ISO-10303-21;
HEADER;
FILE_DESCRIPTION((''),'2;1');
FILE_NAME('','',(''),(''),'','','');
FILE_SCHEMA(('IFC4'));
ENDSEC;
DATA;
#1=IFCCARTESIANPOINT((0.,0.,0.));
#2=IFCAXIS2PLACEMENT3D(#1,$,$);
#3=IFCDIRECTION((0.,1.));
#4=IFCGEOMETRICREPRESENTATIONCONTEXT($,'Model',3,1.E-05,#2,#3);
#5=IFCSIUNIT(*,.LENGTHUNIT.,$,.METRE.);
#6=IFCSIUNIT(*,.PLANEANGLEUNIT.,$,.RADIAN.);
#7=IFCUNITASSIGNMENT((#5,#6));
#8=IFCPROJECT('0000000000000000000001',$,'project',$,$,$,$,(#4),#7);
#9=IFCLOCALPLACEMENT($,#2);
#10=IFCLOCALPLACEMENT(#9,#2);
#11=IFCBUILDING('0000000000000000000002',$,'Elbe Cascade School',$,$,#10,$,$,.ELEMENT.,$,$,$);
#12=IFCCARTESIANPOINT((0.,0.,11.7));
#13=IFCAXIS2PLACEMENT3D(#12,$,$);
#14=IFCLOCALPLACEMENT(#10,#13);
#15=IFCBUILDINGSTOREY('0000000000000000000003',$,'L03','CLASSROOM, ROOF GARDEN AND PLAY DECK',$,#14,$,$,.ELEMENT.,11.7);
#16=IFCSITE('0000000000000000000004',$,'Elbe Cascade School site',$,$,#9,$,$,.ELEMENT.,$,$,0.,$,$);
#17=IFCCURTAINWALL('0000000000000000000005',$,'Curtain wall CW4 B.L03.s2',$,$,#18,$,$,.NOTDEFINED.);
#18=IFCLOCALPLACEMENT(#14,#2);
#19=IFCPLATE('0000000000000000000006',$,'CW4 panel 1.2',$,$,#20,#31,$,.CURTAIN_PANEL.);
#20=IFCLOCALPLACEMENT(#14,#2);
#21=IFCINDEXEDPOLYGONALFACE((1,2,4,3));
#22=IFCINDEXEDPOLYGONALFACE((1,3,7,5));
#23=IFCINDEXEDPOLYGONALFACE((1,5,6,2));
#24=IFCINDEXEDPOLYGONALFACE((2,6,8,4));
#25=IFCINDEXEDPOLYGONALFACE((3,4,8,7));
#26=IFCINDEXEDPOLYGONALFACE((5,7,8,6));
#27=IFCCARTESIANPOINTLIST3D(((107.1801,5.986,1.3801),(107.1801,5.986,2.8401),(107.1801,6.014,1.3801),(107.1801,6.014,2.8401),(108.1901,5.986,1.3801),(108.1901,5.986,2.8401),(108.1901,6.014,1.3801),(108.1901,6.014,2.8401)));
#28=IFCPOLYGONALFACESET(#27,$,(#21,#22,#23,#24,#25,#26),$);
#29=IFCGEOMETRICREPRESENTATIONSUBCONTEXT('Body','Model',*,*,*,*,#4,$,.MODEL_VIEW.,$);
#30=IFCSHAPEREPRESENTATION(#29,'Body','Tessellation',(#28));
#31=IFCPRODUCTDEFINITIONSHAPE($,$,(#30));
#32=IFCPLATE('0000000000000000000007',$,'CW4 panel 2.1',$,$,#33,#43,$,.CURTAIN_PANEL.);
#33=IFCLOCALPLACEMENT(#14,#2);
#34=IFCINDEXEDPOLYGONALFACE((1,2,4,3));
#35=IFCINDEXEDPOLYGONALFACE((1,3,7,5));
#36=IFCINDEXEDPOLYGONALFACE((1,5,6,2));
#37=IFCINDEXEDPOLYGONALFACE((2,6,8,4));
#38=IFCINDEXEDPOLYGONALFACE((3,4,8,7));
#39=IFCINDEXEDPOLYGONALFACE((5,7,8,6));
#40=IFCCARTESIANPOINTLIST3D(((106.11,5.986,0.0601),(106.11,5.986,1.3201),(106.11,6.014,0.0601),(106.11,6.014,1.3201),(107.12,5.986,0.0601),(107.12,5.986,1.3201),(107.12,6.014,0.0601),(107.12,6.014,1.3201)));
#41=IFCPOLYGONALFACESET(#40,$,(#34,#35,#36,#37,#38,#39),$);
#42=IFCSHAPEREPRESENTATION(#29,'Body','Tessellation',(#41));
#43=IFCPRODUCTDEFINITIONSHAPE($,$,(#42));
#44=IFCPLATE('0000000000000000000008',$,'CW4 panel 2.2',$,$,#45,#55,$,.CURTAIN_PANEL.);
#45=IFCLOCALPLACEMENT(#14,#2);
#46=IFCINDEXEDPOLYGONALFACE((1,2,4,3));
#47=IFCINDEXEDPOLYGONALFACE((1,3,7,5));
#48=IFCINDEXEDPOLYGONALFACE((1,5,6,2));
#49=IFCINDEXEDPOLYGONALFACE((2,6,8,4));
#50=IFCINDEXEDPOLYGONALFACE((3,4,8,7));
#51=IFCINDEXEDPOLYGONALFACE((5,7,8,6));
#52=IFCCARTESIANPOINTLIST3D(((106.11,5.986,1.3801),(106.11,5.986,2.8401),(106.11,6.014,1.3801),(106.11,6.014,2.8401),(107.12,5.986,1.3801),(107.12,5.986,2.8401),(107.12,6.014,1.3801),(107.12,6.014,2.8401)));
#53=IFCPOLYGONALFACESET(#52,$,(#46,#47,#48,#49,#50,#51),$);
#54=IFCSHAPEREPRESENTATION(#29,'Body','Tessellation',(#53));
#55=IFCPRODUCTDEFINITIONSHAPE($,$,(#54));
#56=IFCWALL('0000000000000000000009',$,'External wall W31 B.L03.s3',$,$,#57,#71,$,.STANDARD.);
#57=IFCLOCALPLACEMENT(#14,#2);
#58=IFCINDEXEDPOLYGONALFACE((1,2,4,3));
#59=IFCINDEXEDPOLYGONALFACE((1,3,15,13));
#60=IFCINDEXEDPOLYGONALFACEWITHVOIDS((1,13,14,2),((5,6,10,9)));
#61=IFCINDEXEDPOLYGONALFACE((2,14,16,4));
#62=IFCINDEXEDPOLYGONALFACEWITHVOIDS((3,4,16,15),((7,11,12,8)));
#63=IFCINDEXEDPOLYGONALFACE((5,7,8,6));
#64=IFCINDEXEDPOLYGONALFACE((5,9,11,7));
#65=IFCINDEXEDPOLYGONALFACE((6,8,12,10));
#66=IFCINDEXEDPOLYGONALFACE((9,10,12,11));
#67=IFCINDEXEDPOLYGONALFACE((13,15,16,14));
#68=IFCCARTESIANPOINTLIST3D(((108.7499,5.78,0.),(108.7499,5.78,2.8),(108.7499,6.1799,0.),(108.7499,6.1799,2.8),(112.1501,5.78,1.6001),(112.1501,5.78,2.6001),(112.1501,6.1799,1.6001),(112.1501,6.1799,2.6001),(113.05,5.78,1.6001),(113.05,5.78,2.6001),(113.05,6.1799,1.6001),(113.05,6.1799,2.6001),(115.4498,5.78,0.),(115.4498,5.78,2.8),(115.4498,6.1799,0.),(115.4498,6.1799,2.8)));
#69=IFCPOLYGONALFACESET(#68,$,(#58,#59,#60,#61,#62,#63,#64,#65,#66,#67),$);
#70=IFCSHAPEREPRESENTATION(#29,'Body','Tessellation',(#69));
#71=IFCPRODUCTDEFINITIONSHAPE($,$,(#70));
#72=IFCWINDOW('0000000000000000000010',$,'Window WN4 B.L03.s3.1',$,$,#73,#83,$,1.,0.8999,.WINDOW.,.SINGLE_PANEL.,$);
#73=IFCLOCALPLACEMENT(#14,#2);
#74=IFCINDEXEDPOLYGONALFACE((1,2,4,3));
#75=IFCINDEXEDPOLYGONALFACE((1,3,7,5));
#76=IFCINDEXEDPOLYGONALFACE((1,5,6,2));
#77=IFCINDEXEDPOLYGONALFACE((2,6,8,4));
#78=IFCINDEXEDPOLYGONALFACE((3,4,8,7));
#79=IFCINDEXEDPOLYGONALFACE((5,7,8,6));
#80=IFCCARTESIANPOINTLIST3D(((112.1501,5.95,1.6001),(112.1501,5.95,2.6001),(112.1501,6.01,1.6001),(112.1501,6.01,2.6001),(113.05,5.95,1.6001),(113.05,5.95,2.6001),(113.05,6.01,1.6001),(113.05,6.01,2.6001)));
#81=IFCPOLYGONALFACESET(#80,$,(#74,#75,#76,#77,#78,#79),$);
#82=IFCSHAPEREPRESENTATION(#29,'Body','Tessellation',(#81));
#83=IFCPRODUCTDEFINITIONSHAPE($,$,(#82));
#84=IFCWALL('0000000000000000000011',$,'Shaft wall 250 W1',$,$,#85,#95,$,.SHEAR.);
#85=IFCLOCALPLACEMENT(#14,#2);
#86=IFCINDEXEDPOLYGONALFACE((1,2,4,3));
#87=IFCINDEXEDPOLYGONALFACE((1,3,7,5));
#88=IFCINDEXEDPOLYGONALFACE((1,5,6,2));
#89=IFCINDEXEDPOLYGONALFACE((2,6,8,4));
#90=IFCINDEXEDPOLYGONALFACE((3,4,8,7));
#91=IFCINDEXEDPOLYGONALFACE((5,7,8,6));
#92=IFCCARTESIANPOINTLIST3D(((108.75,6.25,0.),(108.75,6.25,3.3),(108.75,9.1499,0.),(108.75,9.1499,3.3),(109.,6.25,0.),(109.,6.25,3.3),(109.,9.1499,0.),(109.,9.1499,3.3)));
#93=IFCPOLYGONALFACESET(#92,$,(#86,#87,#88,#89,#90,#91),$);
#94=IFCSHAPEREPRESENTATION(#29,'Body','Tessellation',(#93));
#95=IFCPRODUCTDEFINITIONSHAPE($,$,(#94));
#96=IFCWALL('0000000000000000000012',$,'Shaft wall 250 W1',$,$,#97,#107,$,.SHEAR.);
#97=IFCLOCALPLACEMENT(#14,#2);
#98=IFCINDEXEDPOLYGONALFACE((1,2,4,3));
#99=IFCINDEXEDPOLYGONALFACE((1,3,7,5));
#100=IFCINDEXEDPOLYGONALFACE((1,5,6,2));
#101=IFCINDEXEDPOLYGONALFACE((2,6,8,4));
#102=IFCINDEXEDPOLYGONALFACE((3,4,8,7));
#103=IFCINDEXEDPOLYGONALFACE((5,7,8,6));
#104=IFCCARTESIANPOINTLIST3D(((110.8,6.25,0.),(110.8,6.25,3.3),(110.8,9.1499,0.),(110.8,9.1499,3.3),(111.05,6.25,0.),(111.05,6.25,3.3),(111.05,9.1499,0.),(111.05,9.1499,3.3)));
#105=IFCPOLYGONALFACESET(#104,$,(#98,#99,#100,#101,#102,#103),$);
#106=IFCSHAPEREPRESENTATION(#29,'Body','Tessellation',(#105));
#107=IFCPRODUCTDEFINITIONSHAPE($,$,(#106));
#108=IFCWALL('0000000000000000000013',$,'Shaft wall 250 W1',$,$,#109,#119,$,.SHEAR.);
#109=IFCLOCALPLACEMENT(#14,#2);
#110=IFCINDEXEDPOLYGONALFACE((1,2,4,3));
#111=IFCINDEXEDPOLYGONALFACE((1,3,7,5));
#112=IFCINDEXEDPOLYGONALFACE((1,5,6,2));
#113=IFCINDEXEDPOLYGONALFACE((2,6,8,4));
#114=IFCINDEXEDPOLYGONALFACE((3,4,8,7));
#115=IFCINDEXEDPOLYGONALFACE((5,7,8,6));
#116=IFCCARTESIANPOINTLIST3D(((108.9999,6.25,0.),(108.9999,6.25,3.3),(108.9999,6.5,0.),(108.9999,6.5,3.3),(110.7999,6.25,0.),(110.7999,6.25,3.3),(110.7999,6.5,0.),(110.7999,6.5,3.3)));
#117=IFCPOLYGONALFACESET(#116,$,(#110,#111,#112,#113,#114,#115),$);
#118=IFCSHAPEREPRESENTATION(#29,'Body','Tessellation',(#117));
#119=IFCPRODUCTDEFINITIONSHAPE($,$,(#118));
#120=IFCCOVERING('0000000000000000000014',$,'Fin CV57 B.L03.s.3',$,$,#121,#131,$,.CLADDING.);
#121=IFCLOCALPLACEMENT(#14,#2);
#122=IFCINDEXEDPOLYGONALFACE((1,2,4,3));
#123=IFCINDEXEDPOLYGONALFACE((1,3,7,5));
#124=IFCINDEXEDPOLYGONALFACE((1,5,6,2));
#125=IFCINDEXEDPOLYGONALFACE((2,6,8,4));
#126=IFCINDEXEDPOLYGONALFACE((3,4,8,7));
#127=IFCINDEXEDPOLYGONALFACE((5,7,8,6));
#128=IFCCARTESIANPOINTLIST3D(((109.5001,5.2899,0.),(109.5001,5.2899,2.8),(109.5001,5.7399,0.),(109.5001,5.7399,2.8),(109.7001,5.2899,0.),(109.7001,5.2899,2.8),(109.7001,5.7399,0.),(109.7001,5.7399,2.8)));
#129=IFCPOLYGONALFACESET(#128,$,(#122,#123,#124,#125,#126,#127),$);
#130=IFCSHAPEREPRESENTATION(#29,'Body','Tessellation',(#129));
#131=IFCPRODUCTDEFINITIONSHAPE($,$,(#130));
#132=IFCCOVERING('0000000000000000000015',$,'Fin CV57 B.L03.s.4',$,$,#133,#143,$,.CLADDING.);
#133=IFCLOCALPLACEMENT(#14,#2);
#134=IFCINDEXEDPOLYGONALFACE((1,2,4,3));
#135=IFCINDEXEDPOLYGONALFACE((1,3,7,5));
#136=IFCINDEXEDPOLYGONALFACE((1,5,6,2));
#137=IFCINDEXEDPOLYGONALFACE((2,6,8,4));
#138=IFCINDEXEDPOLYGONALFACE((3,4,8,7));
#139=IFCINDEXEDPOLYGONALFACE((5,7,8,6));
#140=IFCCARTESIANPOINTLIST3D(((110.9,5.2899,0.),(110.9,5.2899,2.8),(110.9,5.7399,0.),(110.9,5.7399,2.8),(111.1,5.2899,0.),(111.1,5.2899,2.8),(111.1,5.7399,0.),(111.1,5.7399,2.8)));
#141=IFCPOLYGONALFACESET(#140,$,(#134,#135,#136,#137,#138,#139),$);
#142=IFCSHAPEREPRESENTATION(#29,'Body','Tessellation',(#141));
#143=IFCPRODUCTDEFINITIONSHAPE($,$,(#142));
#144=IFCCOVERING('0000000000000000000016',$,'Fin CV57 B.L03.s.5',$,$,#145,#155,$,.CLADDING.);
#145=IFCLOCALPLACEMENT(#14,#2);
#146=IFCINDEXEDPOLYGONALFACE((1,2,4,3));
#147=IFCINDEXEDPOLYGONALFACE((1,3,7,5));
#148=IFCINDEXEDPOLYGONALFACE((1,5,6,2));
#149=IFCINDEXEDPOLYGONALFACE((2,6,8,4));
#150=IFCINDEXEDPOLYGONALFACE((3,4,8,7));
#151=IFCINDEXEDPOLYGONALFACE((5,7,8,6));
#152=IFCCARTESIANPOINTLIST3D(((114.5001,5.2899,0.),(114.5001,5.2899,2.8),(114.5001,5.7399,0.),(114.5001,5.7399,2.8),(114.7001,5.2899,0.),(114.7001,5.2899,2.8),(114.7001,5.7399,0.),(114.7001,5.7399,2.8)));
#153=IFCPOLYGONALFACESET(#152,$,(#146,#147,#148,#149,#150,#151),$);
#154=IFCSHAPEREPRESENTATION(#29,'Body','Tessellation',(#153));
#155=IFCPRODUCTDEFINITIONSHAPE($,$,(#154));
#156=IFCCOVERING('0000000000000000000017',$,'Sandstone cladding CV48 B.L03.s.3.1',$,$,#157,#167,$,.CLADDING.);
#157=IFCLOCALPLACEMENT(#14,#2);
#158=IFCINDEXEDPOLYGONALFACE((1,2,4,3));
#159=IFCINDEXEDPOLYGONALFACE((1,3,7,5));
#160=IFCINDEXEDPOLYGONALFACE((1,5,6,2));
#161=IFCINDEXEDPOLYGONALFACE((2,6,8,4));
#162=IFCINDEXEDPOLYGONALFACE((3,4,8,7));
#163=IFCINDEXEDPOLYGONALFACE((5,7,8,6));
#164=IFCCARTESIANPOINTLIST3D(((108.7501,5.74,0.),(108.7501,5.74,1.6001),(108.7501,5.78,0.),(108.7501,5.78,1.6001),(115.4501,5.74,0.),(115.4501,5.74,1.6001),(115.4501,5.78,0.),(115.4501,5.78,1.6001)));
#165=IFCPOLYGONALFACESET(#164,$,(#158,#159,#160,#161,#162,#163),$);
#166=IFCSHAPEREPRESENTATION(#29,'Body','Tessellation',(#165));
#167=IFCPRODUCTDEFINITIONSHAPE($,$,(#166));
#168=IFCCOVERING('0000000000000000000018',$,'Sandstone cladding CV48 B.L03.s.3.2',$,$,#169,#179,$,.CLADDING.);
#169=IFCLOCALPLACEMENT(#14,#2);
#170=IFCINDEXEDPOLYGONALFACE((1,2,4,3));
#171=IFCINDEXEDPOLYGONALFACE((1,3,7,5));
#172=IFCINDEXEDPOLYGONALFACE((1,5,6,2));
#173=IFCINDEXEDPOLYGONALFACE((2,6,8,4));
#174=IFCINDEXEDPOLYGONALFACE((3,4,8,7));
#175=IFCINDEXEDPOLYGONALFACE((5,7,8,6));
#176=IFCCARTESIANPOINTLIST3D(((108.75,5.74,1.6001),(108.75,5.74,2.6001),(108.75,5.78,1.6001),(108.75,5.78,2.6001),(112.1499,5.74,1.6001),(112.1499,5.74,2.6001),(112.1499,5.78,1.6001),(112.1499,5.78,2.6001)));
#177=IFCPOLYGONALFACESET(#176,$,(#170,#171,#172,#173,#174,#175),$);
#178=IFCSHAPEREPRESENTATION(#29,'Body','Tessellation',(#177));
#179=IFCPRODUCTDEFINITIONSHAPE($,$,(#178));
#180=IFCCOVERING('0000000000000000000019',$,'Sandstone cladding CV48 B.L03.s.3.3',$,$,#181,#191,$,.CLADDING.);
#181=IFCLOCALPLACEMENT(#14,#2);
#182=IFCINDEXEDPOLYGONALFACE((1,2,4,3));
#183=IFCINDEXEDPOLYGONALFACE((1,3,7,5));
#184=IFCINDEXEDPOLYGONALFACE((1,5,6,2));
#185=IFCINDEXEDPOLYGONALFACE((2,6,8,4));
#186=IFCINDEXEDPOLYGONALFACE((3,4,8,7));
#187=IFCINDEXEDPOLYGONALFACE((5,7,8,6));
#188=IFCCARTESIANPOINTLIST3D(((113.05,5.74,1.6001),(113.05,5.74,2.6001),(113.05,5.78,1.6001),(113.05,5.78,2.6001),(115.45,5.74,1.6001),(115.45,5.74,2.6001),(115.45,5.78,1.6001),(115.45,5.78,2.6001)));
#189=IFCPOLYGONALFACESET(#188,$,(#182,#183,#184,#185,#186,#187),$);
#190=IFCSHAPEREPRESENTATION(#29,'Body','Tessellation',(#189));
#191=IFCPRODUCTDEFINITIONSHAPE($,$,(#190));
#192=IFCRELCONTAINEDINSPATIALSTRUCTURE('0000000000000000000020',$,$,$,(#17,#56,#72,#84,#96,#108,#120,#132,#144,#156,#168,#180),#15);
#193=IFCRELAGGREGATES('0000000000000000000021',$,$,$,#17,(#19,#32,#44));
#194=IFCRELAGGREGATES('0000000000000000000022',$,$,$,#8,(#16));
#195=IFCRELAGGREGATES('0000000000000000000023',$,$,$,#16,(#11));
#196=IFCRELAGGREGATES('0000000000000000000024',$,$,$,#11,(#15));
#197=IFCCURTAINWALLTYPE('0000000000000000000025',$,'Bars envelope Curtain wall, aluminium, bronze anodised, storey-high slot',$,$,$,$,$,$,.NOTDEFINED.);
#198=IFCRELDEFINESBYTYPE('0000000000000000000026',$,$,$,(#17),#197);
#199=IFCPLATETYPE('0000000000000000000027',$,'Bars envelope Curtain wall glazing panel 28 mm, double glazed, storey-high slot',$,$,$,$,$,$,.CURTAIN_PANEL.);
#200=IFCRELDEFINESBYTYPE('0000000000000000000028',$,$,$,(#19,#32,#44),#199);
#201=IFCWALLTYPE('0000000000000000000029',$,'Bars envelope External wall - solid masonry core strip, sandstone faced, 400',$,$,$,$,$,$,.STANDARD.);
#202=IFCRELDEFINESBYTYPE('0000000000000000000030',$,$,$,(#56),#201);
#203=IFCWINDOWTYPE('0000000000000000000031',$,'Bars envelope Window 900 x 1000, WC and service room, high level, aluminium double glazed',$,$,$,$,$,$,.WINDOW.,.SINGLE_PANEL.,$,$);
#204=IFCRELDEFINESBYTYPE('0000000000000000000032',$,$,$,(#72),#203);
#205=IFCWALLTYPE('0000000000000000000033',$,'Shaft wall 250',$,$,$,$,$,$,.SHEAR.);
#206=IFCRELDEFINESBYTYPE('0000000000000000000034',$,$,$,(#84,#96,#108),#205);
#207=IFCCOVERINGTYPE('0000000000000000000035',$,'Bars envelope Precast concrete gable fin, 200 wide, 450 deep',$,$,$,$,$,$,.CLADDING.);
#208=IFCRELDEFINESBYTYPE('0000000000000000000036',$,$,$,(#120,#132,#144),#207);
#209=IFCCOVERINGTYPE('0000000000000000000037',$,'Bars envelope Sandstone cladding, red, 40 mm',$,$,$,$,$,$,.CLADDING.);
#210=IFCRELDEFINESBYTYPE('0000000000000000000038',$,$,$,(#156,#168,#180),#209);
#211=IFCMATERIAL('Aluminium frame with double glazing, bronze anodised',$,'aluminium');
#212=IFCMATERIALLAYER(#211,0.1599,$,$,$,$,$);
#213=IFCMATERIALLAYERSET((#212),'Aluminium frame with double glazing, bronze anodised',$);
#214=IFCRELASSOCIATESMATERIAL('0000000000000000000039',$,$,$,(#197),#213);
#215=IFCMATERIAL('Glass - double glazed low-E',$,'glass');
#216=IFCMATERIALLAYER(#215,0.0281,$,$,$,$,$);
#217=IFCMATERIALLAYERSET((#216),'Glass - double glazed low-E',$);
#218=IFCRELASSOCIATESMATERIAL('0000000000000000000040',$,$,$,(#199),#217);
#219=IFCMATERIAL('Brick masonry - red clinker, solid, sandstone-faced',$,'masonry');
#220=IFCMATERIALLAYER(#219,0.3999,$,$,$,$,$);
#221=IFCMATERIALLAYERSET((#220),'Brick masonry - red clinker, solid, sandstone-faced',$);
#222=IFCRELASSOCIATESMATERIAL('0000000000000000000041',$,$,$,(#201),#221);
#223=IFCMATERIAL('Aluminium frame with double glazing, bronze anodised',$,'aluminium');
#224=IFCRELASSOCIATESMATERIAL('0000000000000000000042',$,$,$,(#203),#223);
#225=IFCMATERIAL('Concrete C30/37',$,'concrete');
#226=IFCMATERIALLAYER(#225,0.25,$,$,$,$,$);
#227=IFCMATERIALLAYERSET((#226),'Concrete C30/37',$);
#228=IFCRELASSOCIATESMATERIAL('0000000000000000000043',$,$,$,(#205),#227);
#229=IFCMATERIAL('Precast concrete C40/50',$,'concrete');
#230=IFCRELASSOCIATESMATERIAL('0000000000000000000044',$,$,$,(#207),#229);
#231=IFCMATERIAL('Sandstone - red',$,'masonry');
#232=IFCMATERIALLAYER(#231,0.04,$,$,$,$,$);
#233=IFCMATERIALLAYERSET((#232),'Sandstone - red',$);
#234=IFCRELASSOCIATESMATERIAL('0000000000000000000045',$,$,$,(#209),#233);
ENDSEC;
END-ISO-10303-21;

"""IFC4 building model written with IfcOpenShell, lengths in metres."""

from ifc_helpers import new_model, si_unit, direction, frame, frame_2d, origin, origin_2d, place, context, subcontext, project, spatial, rectangle, extrude, material, layer, layer_set, type_object, element, fill, aggregate, save


model = new_model("IFC4")

# Units and contexts
model_context = context("Model", 3, precision=1e-05, world=origin(), true_north=direction((0.0, 1.0)))
body_context = subcontext(model_context, "Body", "Model", "MODEL_VIEW")
ifc_project = project(units=[si_unit("LENGTHUNIT", "METRE"), si_unit("PLANEANGLEUNIT", "RADIAN")], contexts=[model_context])

# Site, building, storey
site_placement = place(None, origin())
site = spatial("IfcSite", under=ifc_project, at=site_placement, Name="Elbe Cascade School site", CompositionType="ELEMENT", RefElevation=0.0)
building_placement = place(site_placement, origin())
building = spatial("IfcBuilding", under=site, at=building_placement, Name="Elbe Cascade School", CompositionType="ELEMENT")
storey_placement = place(building_placement, frame((0.0, 0.0, 11.7)))
storey = spatial("IfcBuildingStorey", under=building, at=storey_placement, Name="L03", Description="CLASSROOM, ROOF GARDEN AND PLAY DECK", CompositionType="ELEMENT", Elevation=11.7)

# Curtain wall
ifc_material_1 = material(Name="Aluminium frame with double glazing, bronze anodised", Category="aluminium")
ifc_layer_1 = layer(ifc_material_1, 0.1599)
ifc_layer_set_1 = layer_set([ifc_layer_1], Name="Aluminium frame with double glazing, bronze anodised")
curtain_wall_type = type_object("IfcCurtainWallType", Name="Bars envelope Curtain wall, aluminium, bronze anodised, storey-high slot", PredefinedType="NOTDEFINED", material=ifc_layer_set_1)
curtain_wall_placement = place(storey_placement, origin())
curtain_wall = element("IfcCurtainWall", 1, at=curtain_wall_placement, inside=storey, type_object=curtain_wall_type, Name="Curtain wall CW4 B.L03.s2", PredefinedType="NOTDEFINED")

# Plates
ifc_material_2 = material(Name="Glass - double glazed low-E", Category="glass")
ifc_layer_2 = layer(ifc_material_2, 0.0281)
ifc_layer_set_2 = layer_set([ifc_layer_2], Name="Glass - double glazed low-E")
plate_type = type_object("IfcPlateType", Name="Bars envelope Curtain wall glazing panel 28 mm, double glazed, storey-high slot", PredefinedType="CURTAIN_PANEL", material=ifc_layer_set_2)
plate_1_placement = place(storey_placement, frame((107.6851, 6.0, 1.3801), z_axis=(0.0, 0.0, 1.0), x_axis=(-1.0, 0.0, 0.0)))
plate_1 = element("IfcPlate", 2, at=plate_1_placement, type_object=plate_type, Name="CW4 panel 1.2", PredefinedType="CURTAIN_PANEL", context=body_context, shape_type="SweptSolid", body=[
    extrude(rectangle(XDim=1.01, YDim=0.0281, at=origin_2d()), origin(), (0.0, 0.0, 1.0), 1.46),
])
plate_2_placement = place(storey_placement, frame((106.615, 6.0, 0.0601), z_axis=(0.0, 0.0, 1.0), x_axis=(-1.0, 0.0, 0.0)))
plate_2 = element("IfcPlate", 3, at=plate_2_placement, type_object=plate_type, Name="CW4 panel 2.1", PredefinedType="CURTAIN_PANEL", context=body_context, shape_type="SweptSolid", body=[
    extrude(rectangle(XDim=1.01, YDim=0.0281, at=origin_2d()), origin(), (0.0, 0.0, 1.0), 1.26),
])
plate_3_placement = place(storey_placement, frame((106.615, 6.0, 1.3801), z_axis=(0.0, 0.0, 1.0), x_axis=(-1.0, 0.0, 0.0)))
plate_3 = element("IfcPlate", 4, at=plate_3_placement, type_object=plate_type, Name="CW4 panel 2.2", PredefinedType="CURTAIN_PANEL", context=body_context, shape_type="SweptSolid", body=[
    extrude(rectangle(XDim=1.01, YDim=0.0281, at=origin_2d()), origin(), (0.0, 0.0, 1.0), 1.46),
])
aggregate(curtain_wall, [plate_1, plate_2, plate_3])

# Wall, opening, window
ifc_material_3 = material(Name="Brick masonry - red clinker, solid, sandstone-faced", Category="masonry")
ifc_layer_3 = layer(ifc_material_3, 0.3999)
ifc_layer_set_3 = layer_set([ifc_layer_3], Name="Brick masonry - red clinker, solid, sandstone-faced")
wall_type_1 = type_object("IfcWallType", Name="Bars envelope External wall - solid masonry core strip, sandstone faced, 400", PredefinedType="STANDARD", material=ifc_layer_set_3)
wall_1_placement = place(storey_placement, frame((115.45, 5.98, 0.0), z_axis=(0.0, 0.0, 1.0), x_axis=(-1.0, 0.0, 0.0)))
wall_1 = element("IfcWall", 5, at=wall_1_placement, inside=storey, type_object=wall_type_1, Name="External wall W31 B.L03.s3", PredefinedType="STANDARD", context=body_context, shape_type="SweptSolid", body=[
    extrude(rectangle(XDim=6.7, YDim=0.3999, at=frame_2d((3.3501, 0.0))), origin(), (0.0, 0.0, 1.0), 2.8),
])
opening_placement = place(wall_1_placement, frame((2.3999, 0.0, 1.6001)))
opening = element("IfcOpeningElement", 6, at=opening_placement, cuts=wall_1, PredefinedType="OPENING", context=body_context, shape_type="SweptSolid", body=[
    extrude(rectangle(XDim=0.8999, YDim=1.0, at=frame_2d((0.45, 0.5))), frame((0.0, 0.21, 0.0), z_axis=(0.0, -1.0, 0.0), x_axis=(1.0, 0.0, 0.0)), (0.0, 0.0, 1.0), 0.4199),
])
ifc_material_4 = material(Name="Aluminium frame with double glazing, bronze anodised", Category="aluminium")
window_type = type_object("IfcWindowType", Name="Bars envelope Window 900 x 1000, WC and service room, high level, aluminium double glazed", PartitioningType="SINGLE_PANEL", PredefinedType="WINDOW", material=ifc_material_4)
window_placement = place(opening_placement, origin())
window = element("IfcWindow", 7, at=window_placement, inside=storey, type_object=window_type, Name="Window WN4 B.L03.s3.1", OverallHeight=1.0, OverallWidth=0.8999, PartitioningType="SINGLE_PANEL", PredefinedType="WINDOW", context=body_context, shape_type="SweptSolid", body=[
    extrude(rectangle(XDim=0.8999, YDim=1.0, at=frame_2d((0.45, 0.5))), frame((0.0, 0.03, 0.0), z_axis=(0.0, -1.0, 0.0), x_axis=(1.0, 0.0, 0.0)), (0.0, 0.0, 1.0), 0.0601),
])
fill(opening, window)

# Walls
ifc_material_5 = material(Name="Concrete C30/37", Category="concrete")
ifc_layer_4 = layer(ifc_material_5, 0.25)
ifc_layer_set_4 = layer_set([ifc_layer_4], Name="Concrete C30/37")
wall_type_2 = type_object("IfcWallType", Name="Shaft wall 250", PredefinedType="SHEAR", material=ifc_layer_set_4)
for number, where, z_axis, x_axis, name in (
    (8, (108.875, 6.25, 0.0), (0.0, 0.0, 1.0), (0.0, 1.0, 0.0), "Shaft wall 250 W1"),
    (9, (110.925, 6.25, 0.0), (0.0, 0.0, 1.0), (0.0, 1.0, 0.0), "Shaft wall 250 W1"),
):
    element("IfcWall", number, at=place(storey_placement, frame(where, z_axis=z_axis, x_axis=x_axis)), inside=storey, type_object=wall_type_2, Name=name, PredefinedType="SHEAR", context=body_context, shape_type="SweptSolid", body=[
        extrude(rectangle(XDim=2.8999, YDim=0.25, at=frame_2d((1.45, 0.0))), origin(), (0.0, 0.0, 1.0), 3.3),
    ])
wall_2_placement = place(storey_placement, frame((109.0, 6.375, 0.0), z_axis=(0.0, 0.0, 1.0), x_axis=(1.0, 0.0, 0.0)))
element("IfcWall", 10, at=wall_2_placement, inside=storey, type_object=wall_type_2, Name="Shaft wall 250 W1", PredefinedType="SHEAR", context=body_context, shape_type="SweptSolid", body=[
    extrude(rectangle(XDim=1.8, YDim=0.25, at=frame_2d((0.8999, 0.0))), origin(), (0.0, 0.0, 1.0), 3.3),
])

# Coverings
ifc_material_6 = material(Name="Precast concrete C40/50", Category="concrete")
covering_type_1 = type_object("IfcCoveringType", Name="Bars envelope Precast concrete gable fin, 200 wide, 450 deep", PredefinedType="CLADDING", material=ifc_material_6)
for number, where, z_axis, x_axis, name in (
    (11, (109.6001, 5.5149, 0.0), (0.0, 0.0, 1.0), (1.0, 0.0, 0.0), "Fin CV57 B.L03.s.3"),
    (12, (111.0, 5.5149, 0.0), (0.0, 0.0, 1.0), (1.0, 0.0, 0.0), "Fin CV57 B.L03.s.4"),
    (13, (114.6001, 5.5149, 0.0), (0.0, 0.0, 1.0), (1.0, 0.0, 0.0), "Fin CV57 B.L03.s.5"),
):
    element("IfcCovering", number, at=place(storey_placement, frame(where, z_axis=z_axis, x_axis=x_axis)), inside=storey, type_object=covering_type_1, Name=name, PredefinedType="CLADDING", context=body_context, shape_type="SweptSolid", body=[
        extrude(rectangle(XDim=0.2, YDim=0.45, at=origin_2d()), origin(), (0.0, 0.0, 1.0), 2.8),
    ])
ifc_material_7 = material(Name="Sandstone - red", Category="masonry")
ifc_layer_5 = layer(ifc_material_7, 0.04)
ifc_layer_set_5 = layer_set([ifc_layer_5], Name="Sandstone - red")
covering_type_2 = type_object("IfcCoveringType", Name="Bars envelope Sandstone cladding, red, 40 mm", PredefinedType="CLADDING", material=ifc_layer_set_5)
covering_1_placement = place(storey_placement, frame((112.1001, 5.76, 0.0), z_axis=(0.0, 0.0, 1.0), x_axis=(1.0, 0.0, 0.0)))
element("IfcCovering", 14, at=covering_1_placement, inside=storey, type_object=covering_type_2, Name="Sandstone cladding CV48 B.L03.s.3.1", PredefinedType="CLADDING", context=body_context, shape_type="SweptSolid", body=[
    extrude(rectangle(XDim=6.7, YDim=0.04, at=origin_2d()), origin(), (0.0, 0.0, 1.0), 1.6001),
])
covering_2_placement = place(storey_placement, frame((110.45, 5.76, 1.6001), z_axis=(0.0, 0.0, 1.0), x_axis=(1.0, 0.0, 0.0)))
element("IfcCovering", 15, at=covering_2_placement, inside=storey, type_object=covering_type_2, Name="Sandstone cladding CV48 B.L03.s.3.2", PredefinedType="CLADDING", context=body_context, shape_type="SweptSolid", body=[
    extrude(rectangle(XDim=3.3999, YDim=0.04, at=origin_2d()), origin(), (0.0, 0.0, 1.0), 1.0),
])
covering_3_placement = place(storey_placement, frame((114.25, 5.76, 1.6001), z_axis=(0.0, 0.0, 1.0), x_axis=(1.0, 0.0, 0.0)))
element("IfcCovering", 16, at=covering_3_placement, inside=storey, type_object=covering_type_2, Name="Sandstone cladding CV48 B.L03.s.3.3", PredefinedType="CLADDING", context=body_context, shape_type="SweptSolid", body=[
    extrude(rectangle(XDim=2.3999, YDim=0.04, at=origin_2d()), origin(), (0.0, 0.0, 1.0), 1.0),
])

save(model, "model.ifc")
